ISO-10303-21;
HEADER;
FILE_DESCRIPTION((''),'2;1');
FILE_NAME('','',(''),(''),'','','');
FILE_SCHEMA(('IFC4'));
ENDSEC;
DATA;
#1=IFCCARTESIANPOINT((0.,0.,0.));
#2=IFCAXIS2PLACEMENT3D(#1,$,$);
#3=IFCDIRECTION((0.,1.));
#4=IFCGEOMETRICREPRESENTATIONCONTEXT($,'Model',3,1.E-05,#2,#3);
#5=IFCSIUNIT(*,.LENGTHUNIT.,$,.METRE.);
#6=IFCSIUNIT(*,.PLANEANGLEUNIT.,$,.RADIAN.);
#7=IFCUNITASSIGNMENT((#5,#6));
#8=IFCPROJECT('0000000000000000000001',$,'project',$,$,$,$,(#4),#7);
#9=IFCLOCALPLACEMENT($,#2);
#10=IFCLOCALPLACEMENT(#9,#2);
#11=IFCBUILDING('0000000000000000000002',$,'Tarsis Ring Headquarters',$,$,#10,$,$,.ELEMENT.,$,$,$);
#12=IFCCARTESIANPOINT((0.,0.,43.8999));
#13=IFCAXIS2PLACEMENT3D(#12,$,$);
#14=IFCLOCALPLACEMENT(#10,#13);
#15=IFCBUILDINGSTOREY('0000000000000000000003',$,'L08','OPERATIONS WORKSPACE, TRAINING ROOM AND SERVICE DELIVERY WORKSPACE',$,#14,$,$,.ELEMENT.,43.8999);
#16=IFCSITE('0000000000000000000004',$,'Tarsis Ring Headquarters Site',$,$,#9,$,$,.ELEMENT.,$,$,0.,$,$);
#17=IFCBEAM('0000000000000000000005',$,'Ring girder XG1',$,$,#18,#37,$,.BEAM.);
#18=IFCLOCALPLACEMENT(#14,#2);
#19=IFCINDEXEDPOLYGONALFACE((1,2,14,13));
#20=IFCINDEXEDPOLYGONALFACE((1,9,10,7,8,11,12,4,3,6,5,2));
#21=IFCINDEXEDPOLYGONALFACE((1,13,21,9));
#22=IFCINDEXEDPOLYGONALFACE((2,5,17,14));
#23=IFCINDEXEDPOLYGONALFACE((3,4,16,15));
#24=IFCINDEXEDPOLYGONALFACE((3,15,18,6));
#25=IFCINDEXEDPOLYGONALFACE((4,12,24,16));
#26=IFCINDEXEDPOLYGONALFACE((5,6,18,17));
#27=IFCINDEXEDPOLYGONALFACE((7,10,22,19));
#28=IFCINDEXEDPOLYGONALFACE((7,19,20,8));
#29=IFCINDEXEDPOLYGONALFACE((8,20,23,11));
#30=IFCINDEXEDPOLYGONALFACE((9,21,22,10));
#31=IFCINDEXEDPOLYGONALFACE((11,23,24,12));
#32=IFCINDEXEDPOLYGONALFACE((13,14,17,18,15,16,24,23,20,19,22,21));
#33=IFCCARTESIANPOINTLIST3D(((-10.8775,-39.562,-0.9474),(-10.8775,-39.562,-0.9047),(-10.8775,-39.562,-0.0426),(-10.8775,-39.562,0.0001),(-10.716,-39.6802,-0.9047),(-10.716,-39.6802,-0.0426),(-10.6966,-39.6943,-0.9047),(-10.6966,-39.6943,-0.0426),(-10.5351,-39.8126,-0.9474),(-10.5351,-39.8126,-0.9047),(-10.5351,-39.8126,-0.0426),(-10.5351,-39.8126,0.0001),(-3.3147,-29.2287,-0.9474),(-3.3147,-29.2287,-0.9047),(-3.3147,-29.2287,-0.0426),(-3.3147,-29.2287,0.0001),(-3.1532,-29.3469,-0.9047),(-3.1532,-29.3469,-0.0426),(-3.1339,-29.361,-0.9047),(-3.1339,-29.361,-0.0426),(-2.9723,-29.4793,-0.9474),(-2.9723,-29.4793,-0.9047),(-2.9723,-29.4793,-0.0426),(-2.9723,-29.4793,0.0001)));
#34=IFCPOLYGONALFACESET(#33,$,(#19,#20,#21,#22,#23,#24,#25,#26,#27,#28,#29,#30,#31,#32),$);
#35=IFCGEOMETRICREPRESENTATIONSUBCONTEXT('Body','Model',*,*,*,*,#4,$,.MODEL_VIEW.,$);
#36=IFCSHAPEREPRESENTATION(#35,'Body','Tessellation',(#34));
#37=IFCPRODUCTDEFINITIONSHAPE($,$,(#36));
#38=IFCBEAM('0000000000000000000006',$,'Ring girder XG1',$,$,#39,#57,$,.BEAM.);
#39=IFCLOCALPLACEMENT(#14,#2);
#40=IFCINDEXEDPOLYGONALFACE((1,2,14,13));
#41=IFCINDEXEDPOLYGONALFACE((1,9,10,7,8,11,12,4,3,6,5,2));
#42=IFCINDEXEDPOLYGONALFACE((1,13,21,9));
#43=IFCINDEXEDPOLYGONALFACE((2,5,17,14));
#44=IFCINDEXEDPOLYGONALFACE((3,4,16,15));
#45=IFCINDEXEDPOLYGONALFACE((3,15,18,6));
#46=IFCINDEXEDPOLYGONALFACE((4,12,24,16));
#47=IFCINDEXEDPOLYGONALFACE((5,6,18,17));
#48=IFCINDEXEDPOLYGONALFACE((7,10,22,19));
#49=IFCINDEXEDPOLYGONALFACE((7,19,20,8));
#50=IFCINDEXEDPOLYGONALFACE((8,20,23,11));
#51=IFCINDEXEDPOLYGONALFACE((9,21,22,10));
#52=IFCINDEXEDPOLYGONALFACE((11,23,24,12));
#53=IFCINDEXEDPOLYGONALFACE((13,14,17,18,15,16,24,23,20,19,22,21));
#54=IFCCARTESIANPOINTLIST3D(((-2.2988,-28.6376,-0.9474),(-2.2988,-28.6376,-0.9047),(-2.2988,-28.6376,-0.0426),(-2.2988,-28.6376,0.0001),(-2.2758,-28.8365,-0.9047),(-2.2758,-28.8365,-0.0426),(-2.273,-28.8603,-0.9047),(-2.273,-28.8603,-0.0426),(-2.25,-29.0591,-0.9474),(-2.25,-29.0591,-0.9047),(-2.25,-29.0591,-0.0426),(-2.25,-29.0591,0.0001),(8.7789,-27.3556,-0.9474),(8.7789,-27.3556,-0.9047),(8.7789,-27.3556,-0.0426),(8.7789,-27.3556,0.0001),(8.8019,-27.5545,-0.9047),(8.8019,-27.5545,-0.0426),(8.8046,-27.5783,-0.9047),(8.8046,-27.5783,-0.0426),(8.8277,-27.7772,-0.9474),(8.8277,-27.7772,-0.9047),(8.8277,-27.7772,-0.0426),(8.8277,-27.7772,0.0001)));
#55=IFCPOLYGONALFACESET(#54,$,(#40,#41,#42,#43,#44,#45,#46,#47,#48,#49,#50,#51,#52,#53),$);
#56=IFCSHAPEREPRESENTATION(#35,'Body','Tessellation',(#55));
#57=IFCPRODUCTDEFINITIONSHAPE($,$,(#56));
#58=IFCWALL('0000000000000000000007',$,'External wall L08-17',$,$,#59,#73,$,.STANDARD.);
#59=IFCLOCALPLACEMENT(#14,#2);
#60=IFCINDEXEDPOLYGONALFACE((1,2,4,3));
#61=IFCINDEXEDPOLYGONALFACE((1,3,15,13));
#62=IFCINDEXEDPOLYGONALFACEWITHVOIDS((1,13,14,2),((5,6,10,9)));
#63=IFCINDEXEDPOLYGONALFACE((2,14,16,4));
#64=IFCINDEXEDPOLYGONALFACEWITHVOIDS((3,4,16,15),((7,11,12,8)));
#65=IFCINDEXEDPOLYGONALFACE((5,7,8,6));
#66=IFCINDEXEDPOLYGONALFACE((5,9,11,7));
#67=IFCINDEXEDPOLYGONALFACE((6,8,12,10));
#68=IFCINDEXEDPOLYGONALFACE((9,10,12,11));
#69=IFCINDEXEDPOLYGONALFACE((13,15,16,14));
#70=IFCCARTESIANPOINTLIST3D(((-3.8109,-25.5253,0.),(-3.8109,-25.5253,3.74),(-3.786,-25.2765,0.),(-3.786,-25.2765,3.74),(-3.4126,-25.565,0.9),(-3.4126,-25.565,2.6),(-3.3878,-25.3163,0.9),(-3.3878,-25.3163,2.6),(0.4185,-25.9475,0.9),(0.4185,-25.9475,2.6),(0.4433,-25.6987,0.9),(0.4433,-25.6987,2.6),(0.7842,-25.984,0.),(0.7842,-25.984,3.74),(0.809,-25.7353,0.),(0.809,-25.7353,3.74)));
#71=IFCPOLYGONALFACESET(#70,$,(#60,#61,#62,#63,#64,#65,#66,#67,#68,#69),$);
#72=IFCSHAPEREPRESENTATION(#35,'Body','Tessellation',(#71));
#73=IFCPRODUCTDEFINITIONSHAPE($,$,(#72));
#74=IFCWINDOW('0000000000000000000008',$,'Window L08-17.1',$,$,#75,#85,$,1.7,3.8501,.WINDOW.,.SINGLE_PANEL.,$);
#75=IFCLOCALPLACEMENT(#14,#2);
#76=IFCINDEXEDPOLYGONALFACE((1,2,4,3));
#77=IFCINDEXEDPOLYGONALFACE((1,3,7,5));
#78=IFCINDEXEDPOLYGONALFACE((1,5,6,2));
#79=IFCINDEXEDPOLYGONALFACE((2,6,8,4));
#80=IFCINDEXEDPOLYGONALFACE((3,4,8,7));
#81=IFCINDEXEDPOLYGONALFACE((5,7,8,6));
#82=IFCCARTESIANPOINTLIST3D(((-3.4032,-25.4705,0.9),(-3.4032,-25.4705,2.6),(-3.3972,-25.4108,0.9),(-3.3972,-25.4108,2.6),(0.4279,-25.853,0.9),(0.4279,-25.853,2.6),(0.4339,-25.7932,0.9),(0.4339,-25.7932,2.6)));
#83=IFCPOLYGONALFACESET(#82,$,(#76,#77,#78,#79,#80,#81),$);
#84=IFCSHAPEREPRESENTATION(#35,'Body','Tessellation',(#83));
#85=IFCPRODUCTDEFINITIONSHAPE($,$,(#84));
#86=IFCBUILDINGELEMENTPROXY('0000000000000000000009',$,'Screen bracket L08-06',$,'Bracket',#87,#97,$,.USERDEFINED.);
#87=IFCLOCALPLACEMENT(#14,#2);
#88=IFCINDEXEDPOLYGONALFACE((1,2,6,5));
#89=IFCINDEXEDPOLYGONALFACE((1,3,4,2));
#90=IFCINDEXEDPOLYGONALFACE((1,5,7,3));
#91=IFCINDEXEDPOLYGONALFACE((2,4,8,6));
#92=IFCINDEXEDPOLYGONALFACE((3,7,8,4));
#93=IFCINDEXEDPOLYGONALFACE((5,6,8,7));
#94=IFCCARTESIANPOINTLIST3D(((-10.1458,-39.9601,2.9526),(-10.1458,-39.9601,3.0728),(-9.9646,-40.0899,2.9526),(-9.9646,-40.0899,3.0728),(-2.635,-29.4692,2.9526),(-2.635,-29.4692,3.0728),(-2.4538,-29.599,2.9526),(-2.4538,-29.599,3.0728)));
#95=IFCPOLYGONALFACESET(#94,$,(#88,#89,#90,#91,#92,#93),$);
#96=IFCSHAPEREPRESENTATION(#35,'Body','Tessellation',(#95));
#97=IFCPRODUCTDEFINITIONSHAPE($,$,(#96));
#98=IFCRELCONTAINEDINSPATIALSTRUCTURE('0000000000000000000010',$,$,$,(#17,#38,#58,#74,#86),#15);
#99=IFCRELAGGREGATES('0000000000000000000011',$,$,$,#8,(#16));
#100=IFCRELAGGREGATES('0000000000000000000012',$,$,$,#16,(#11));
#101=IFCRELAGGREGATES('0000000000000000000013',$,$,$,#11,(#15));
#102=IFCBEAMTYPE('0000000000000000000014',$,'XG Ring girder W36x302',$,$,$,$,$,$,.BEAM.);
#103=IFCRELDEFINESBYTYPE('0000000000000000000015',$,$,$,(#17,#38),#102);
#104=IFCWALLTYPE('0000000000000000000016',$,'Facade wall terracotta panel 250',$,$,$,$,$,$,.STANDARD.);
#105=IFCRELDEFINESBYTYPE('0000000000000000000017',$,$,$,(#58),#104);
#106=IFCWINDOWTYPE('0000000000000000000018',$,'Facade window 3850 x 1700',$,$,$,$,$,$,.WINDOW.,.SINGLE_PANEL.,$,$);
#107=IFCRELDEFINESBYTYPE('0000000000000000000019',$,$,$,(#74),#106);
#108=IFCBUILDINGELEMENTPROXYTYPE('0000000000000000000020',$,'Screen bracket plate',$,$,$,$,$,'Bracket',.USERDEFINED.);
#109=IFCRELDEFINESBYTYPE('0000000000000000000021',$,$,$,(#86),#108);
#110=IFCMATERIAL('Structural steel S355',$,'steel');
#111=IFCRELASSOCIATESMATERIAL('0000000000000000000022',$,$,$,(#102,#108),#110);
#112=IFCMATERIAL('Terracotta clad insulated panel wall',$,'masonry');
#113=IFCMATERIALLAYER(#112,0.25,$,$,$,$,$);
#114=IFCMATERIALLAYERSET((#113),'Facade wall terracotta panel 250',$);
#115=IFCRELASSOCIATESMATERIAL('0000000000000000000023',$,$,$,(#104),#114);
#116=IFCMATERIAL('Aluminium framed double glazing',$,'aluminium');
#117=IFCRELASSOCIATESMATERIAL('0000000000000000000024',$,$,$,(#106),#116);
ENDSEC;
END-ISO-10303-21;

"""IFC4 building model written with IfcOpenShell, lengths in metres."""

from ifc_helpers import new_model, si_unit, direction, frame, frame_2d, origin, origin_2d, place, context, subcontext, project, spatial, rectangle, i_section, extrude, material, layer, layer_set, material_profile, profile_set, type_object, element, fill, save


model = new_model("IFC4")

# Units and contexts
model_context = context("Model", 3, precision=1e-05, world=origin(), true_north=direction((0.0, 1.0)))
body_context = subcontext(model_context, "Body", "Model", "MODEL_VIEW")
ifc_project = project(units=[si_unit("LENGTHUNIT", "METRE"), si_unit("PLANEANGLEUNIT", "RADIAN")], contexts=[model_context])

# Site, building, storey
site_placement = place(None, origin())
site = spatial("IfcSite", under=ifc_project, at=site_placement, Name="Tarsis Ring Headquarters Site", CompositionType="ELEMENT", RefElevation=0.0)
building_placement = place(site_placement, origin())
building = spatial("IfcBuilding", under=site, at=building_placement, Name="Tarsis Ring Headquarters", CompositionType="ELEMENT")
storey_placement = place(building_placement, frame((0.0, 0.0, 43.8999)))
storey = spatial("IfcBuildingStorey", under=building, at=storey_placement, Name="L08", Description="OPERATIONS WORKSPACE, TRAINING ROOM AND SERVICE DELIVERY WORKSPACE", CompositionType="ELEMENT", Elevation=43.8999)

# Beams
ifc_material_1 = material(Name="Structural steel S355", Category="steel")
ifc_material_profile_1 = material_profile(ifc_material_1, i_section(OverallWidth=0.4243, OverallDepth=0.9475, WebThickness=0.0239, FlangeThickness=0.0427, at=origin_2d()), Name="W36x302")
ifc_profile_set_1 = profile_set([ifc_material_profile_1], Name="Structural steel S355")
beam_type = type_object("IfcBeamType", Name="XG Ring girder W36x302", PredefinedType="BEAM", material=ifc_profile_set_1)
beam_1_placement = place(storey_placement, frame((-10.7063, -39.6873, -0.4736), z_axis=(0.590603, 0.806962, 0.0), x_axis=(-0.806962, 0.590603, 0.0)))
element("IfcBeam", 1, at=beam_1_placement, inside=storey, type_object=beam_type, Name="Ring girder XG1", PredefinedType="BEAM", context=body_context, shape_type="SweptSolid", body=[
    extrude(i_section(OverallWidth=0.4243, OverallDepth=0.9475, WebThickness=0.0239, FlangeThickness=0.0427, at=origin_2d()), origin(), (0.0, 0.0, 1.0), 12.8052),
])
beam_2_placement = place(storey_placement, frame((-2.2744, -28.8484, -0.4736), z_axis=(0.99337, 0.11496, 0.0), x_axis=(-0.11496, 0.99337, 0.0)))
element("IfcBeam", 2, at=beam_2_placement, inside=storey, type_object=beam_type, Name="Ring girder XG1", PredefinedType="BEAM", context=body_context, shape_type="SweptSolid", body=[
    extrude(i_section(OverallWidth=0.4243, OverallDepth=0.9475, WebThickness=0.0239, FlangeThickness=0.0427, at=origin_2d()), origin(), (0.0, 0.0, 1.0), 11.1516),
])

# Wall, opening, window
ifc_material_2 = material(Name="Terracotta clad insulated panel wall", Category="masonry")
ifc_layer = layer(ifc_material_2, 0.25)
ifc_layer_set = layer_set([ifc_layer], Name="Facade wall terracotta panel 250")
wall_type = type_object("IfcWallType", Name="Facade wall terracotta panel 250", PredefinedType="STANDARD", material=ifc_layer_set)
wall_placement = place(storey_placement, frame((-3.7986, -25.4009, 0.0), z_axis=(0.0, 0.0, 1.0), x_axis=(0.995053, -0.099341, 0.0)))
wall = element("IfcWall", 3, at=wall_placement, inside=storey, type_object=wall_type, Name="External wall L08-17", PredefinedType="STANDARD", context=body_context, shape_type="SweptSolid", body=[
    extrude(rectangle(XDim=4.6179, YDim=0.25, at=frame_2d((2.3091, 0.0))), origin(), (0.0, 0.0, 1.0), 3.74),
])
opening_placement = place(wall_placement, frame((0.4004, 0.0, 0.8999)))
opening = element("IfcOpeningElement", 4, at=opening_placement, cuts=wall, PredefinedType="OPENING", context=body_context, shape_type="SweptSolid", body=[
    extrude(rectangle(XDim=3.8501, YDim=1.7, at=frame_2d((1.925, 0.8501))), frame((0.0, 0.135, 0.0), z_axis=(0.0, -1.0, 0.0), x_axis=(1.0, 0.0, 0.0)), (0.0, 0.0, 1.0), 0.27),
])
ifc_material_3 = material(Name="Aluminium framed double glazing", Category="aluminium")
window_type = type_object("IfcWindowType", Name="Facade window 3850 x 1700", PartitioningType="SINGLE_PANEL", PredefinedType="WINDOW", material=ifc_material_3)
window_placement = place(opening_placement, origin())
window = element("IfcWindow", 5, at=window_placement, inside=storey, type_object=window_type, Name="Window L08-17.1", OverallHeight=1.7, OverallWidth=3.8501, PartitioningType="SINGLE_PANEL", PredefinedType="WINDOW", context=body_context, shape_type="SweptSolid", body=[
    extrude(rectangle(XDim=3.8501, YDim=1.7, at=frame_2d((1.925, 0.8501))), frame((0.0, 0.03, 0.0), z_axis=(0.0, -1.0, 0.0), x_axis=(1.0, 0.0, 0.0)), (0.0, 0.0, 1.0), 0.0601),
])
fill(opening, window)

# Building element proxy
building_element_proxy_type = type_object("IfcBuildingElementProxyType", Name="Screen bracket plate", ElementType="Bracket", PredefinedType="USERDEFINED", material=ifc_material_1)
proxy_placement = place(storey_placement, frame((-6.2998, -34.7795, 2.9526), z_axis=(0.0, 0.0, 1.0), x_axis=(0.582123, 0.813101, 0.0)))
element("IfcBuildingElementProxy", 6, at=proxy_placement, inside=storey, type_object=building_element_proxy_type, Name="Screen bracket L08-06", ObjectType="Bracket", PredefinedType="USERDEFINED", context=body_context, shape_type="SweptSolid", body=[
    extrude(rectangle(XDim=12.9023, YDim=0.2229, at=origin_2d()), origin(), (0.0, 0.0, 1.0), 0.1201),
])

save(model, "model.ifc")
